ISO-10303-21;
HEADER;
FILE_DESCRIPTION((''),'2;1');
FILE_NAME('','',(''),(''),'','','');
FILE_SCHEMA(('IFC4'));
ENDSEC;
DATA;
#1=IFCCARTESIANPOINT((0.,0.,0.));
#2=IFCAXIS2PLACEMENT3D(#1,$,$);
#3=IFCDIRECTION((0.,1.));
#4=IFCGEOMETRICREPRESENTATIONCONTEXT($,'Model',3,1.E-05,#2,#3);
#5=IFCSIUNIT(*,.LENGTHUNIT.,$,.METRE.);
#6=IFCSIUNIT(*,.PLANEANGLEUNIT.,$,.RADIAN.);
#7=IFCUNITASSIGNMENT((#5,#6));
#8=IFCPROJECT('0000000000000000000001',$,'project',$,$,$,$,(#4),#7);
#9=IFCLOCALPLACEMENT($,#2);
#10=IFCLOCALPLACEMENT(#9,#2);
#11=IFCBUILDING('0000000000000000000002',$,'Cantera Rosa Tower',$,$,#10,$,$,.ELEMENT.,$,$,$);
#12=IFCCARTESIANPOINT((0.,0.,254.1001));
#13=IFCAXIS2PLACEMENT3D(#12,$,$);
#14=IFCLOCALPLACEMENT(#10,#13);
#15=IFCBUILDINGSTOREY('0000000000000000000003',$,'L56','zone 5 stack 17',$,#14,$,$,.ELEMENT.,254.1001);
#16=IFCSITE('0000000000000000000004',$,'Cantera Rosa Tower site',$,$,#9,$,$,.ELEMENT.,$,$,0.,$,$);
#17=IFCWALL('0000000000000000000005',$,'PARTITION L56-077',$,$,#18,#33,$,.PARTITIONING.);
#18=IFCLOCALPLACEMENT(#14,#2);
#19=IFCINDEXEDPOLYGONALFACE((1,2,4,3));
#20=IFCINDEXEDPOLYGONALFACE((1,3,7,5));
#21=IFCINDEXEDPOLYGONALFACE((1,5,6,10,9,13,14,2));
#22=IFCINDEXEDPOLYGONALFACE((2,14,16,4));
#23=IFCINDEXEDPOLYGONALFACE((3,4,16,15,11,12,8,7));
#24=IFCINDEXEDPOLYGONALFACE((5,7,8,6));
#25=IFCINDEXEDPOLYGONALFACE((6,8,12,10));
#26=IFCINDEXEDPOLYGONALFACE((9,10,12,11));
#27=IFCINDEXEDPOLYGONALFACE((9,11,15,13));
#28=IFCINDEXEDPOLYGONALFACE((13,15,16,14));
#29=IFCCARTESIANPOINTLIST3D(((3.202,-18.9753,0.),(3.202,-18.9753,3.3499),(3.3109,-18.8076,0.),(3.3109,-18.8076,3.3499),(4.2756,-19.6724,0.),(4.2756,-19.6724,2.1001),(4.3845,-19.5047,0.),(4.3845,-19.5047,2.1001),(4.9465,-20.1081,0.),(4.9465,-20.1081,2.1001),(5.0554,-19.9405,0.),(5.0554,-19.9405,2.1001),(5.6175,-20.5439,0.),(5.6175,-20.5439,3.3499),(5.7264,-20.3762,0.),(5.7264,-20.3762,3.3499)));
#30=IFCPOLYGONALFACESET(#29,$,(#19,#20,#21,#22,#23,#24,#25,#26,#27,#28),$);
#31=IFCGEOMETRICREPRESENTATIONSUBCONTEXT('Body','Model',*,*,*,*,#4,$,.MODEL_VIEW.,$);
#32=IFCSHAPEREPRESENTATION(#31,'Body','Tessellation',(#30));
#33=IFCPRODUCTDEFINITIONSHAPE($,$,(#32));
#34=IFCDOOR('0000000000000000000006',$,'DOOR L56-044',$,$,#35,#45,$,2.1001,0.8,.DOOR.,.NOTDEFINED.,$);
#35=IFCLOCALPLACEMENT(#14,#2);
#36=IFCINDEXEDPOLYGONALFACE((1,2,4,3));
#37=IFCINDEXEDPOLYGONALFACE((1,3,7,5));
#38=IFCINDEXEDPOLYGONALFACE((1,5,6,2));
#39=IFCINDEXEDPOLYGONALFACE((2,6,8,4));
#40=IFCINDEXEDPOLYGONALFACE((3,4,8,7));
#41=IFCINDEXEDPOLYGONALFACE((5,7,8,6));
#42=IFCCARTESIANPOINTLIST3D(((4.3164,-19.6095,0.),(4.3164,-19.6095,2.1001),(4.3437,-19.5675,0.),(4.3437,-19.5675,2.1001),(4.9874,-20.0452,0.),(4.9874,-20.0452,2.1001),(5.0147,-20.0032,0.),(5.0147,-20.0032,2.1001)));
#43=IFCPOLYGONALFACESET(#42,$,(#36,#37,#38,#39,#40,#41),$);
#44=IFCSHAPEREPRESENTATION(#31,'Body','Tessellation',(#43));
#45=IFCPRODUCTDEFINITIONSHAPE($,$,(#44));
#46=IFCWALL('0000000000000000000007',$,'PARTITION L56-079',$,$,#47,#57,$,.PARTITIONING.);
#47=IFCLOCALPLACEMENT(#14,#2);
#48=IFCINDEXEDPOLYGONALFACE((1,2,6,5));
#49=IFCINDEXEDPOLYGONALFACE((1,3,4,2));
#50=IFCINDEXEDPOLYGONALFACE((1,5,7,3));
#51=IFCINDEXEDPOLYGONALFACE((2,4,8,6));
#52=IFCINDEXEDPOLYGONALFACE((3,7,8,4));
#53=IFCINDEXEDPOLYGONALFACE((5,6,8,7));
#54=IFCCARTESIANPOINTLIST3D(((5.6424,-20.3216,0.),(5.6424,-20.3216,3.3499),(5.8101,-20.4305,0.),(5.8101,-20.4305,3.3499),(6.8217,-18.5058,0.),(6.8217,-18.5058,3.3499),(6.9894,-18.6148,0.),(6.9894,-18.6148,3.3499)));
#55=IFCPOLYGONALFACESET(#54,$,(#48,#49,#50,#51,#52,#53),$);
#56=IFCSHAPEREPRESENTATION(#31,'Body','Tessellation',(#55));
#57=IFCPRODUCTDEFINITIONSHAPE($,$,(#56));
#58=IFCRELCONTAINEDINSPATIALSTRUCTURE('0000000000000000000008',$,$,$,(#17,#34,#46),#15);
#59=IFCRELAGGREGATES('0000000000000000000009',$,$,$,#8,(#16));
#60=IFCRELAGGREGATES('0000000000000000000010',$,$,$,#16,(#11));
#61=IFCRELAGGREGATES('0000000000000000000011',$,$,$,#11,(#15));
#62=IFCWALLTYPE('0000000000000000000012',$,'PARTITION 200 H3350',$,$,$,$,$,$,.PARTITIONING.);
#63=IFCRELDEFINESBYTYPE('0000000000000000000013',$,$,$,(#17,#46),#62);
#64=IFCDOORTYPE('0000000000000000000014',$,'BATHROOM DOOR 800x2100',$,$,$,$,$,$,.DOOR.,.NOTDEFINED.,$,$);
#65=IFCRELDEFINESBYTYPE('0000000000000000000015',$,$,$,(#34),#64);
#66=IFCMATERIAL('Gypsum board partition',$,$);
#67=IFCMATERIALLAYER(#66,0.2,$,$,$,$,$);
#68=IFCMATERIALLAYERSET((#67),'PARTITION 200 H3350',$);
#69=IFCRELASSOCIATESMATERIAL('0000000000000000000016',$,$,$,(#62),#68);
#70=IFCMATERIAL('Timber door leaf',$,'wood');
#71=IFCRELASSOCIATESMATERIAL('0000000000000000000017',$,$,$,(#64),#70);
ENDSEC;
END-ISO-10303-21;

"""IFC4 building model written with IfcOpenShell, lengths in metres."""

from ifc_helpers import new_model, si_unit, direction, frame, frame_2d, origin, place, context, subcontext, project, spatial, rectangle, extrude, material, layer, layer_set, type_object, element, fill, save


model = new_model("IFC4")

# Units and contexts
model_context = context("Model", 3, precision=1e-05, world=origin(), true_north=direction((0.0, 1.0)))
body_context = subcontext(model_context, "Body", "Model", "MODEL_VIEW")
ifc_project = project(units=[si_unit("LENGTHUNIT", "METRE"), si_unit("PLANEANGLEUNIT", "RADIAN")], contexts=[model_context])

# Site, building, storey
site_placement = place(None, origin())
site = spatial("IfcSite", under=ifc_project, at=site_placement, Name="Cantera Rosa Tower site", CompositionType="ELEMENT", RefElevation=0.0)
building_placement = place(site_placement, origin())
building = spatial("IfcBuilding", under=site, at=building_placement, Name="Cantera Rosa Tower", CompositionType="ELEMENT")
storey_placement = place(building_placement, frame((0.0, 0.0, 254.1001)))
storey = spatial("IfcBuildingStorey", under=building, at=storey_placement, Name="L56", Description="zone 5 stack 17", CompositionType="ELEMENT", Elevation=254.1001)

# Shared definitions
ifc_material_1 = material(Name="Gypsum board partition")
ifc_layer_1 = layer(ifc_material_1, 0.2)
ifc_layer_set_1 = layer_set([ifc_layer_1], Name="PARTITION 200 H3350")
wall_type_1 = type_object("IfcWallType", Name="PARTITION 200 H3350", PredefinedType="PARTITIONING", material=ifc_layer_set_1)

# Wall, opening, door
wall_1_placement = place(storey_placement, frame((5.6719, -20.46, 0.0), z_axis=(0.0, 0.0, 1.0), x_axis=(-0.83868, 0.544625, 0.0)))
wall_1 = element("IfcWall", 1, at=wall_1_placement, inside=storey, type_object=wall_type_1, Name="PARTITION L56-077", PredefinedType="PARTITIONING", context=body_context, shape_type="SweptSolid", body=[
    extrude(rectangle(XDim=2.8801, YDim=0.2, at=frame_2d((1.4399, 0.0))), origin(), (0.0, 0.0, 1.0), 3.3499),
])
opening_1_placement = place(wall_1_placement, frame((0.8, 0.0, 0.0)))
opening_1 = element("IfcOpeningElement", 2, at=opening_1_placement, cuts=wall_1, PredefinedType="OPENING", context=body_context, shape_type="SweptSolid", body=[
    extrude(rectangle(XDim=0.8, YDim=2.1001, at=frame_2d((0.3999, 1.05))), frame((0.0, 0.1099, 0.0), z_axis=(0.0, -1.0, 0.0), x_axis=(1.0, 0.0, 0.0)), (0.0, 0.0, 1.0), 0.22),
])
ifc_material_2 = material(Name="Timber door leaf", Category="wood")
door_type_1 = type_object("IfcDoorType", Name="BATHROOM DOOR 800x2100", OperationType="NOTDEFINED", PredefinedType="DOOR", material=ifc_material_2)
door_1_placement = place(opening_1_placement, origin())
door_1 = element("IfcDoor", 3, at=door_1_placement, inside=storey, type_object=door_type_1, Name="DOOR L56-044", OperationType="NOTDEFINED", OverallHeight=2.1001, OverallWidth=0.8, PredefinedType="DOOR", context=body_context, shape_type="SweptSolid", body=[
    extrude(rectangle(XDim=0.8, YDim=2.1001, at=frame_2d((0.3999, 1.05))), frame((0.0, 0.0249, 0.0), z_axis=(0.0, -1.0, 0.0), x_axis=(1.0, 0.0, 0.0)), (0.0, 0.0, 1.0), 0.05),
])
fill(opening_1, door_1)

# Wall
wall_2_placement = place(storey_placement, frame((6.9055, -18.5603, 0.0), z_axis=(0.0, 0.0, 1.0), x_axis=(-0.544667, -0.838652, 0.0)))
element("IfcWall", 4, at=wall_2_placement, inside=storey, type_object=wall_type_1, Name="PARTITION L56-079", PredefinedType="PARTITIONING", context=body_context, shape_type="SweptSolid", body=[
    extrude(rectangle(XDim=2.165, YDim=0.2, at=frame_2d((1.0825, 0.0))), origin(), (0.0, 0.0, 1.0), 3.3499),
])

save(model, "model.ifc")
